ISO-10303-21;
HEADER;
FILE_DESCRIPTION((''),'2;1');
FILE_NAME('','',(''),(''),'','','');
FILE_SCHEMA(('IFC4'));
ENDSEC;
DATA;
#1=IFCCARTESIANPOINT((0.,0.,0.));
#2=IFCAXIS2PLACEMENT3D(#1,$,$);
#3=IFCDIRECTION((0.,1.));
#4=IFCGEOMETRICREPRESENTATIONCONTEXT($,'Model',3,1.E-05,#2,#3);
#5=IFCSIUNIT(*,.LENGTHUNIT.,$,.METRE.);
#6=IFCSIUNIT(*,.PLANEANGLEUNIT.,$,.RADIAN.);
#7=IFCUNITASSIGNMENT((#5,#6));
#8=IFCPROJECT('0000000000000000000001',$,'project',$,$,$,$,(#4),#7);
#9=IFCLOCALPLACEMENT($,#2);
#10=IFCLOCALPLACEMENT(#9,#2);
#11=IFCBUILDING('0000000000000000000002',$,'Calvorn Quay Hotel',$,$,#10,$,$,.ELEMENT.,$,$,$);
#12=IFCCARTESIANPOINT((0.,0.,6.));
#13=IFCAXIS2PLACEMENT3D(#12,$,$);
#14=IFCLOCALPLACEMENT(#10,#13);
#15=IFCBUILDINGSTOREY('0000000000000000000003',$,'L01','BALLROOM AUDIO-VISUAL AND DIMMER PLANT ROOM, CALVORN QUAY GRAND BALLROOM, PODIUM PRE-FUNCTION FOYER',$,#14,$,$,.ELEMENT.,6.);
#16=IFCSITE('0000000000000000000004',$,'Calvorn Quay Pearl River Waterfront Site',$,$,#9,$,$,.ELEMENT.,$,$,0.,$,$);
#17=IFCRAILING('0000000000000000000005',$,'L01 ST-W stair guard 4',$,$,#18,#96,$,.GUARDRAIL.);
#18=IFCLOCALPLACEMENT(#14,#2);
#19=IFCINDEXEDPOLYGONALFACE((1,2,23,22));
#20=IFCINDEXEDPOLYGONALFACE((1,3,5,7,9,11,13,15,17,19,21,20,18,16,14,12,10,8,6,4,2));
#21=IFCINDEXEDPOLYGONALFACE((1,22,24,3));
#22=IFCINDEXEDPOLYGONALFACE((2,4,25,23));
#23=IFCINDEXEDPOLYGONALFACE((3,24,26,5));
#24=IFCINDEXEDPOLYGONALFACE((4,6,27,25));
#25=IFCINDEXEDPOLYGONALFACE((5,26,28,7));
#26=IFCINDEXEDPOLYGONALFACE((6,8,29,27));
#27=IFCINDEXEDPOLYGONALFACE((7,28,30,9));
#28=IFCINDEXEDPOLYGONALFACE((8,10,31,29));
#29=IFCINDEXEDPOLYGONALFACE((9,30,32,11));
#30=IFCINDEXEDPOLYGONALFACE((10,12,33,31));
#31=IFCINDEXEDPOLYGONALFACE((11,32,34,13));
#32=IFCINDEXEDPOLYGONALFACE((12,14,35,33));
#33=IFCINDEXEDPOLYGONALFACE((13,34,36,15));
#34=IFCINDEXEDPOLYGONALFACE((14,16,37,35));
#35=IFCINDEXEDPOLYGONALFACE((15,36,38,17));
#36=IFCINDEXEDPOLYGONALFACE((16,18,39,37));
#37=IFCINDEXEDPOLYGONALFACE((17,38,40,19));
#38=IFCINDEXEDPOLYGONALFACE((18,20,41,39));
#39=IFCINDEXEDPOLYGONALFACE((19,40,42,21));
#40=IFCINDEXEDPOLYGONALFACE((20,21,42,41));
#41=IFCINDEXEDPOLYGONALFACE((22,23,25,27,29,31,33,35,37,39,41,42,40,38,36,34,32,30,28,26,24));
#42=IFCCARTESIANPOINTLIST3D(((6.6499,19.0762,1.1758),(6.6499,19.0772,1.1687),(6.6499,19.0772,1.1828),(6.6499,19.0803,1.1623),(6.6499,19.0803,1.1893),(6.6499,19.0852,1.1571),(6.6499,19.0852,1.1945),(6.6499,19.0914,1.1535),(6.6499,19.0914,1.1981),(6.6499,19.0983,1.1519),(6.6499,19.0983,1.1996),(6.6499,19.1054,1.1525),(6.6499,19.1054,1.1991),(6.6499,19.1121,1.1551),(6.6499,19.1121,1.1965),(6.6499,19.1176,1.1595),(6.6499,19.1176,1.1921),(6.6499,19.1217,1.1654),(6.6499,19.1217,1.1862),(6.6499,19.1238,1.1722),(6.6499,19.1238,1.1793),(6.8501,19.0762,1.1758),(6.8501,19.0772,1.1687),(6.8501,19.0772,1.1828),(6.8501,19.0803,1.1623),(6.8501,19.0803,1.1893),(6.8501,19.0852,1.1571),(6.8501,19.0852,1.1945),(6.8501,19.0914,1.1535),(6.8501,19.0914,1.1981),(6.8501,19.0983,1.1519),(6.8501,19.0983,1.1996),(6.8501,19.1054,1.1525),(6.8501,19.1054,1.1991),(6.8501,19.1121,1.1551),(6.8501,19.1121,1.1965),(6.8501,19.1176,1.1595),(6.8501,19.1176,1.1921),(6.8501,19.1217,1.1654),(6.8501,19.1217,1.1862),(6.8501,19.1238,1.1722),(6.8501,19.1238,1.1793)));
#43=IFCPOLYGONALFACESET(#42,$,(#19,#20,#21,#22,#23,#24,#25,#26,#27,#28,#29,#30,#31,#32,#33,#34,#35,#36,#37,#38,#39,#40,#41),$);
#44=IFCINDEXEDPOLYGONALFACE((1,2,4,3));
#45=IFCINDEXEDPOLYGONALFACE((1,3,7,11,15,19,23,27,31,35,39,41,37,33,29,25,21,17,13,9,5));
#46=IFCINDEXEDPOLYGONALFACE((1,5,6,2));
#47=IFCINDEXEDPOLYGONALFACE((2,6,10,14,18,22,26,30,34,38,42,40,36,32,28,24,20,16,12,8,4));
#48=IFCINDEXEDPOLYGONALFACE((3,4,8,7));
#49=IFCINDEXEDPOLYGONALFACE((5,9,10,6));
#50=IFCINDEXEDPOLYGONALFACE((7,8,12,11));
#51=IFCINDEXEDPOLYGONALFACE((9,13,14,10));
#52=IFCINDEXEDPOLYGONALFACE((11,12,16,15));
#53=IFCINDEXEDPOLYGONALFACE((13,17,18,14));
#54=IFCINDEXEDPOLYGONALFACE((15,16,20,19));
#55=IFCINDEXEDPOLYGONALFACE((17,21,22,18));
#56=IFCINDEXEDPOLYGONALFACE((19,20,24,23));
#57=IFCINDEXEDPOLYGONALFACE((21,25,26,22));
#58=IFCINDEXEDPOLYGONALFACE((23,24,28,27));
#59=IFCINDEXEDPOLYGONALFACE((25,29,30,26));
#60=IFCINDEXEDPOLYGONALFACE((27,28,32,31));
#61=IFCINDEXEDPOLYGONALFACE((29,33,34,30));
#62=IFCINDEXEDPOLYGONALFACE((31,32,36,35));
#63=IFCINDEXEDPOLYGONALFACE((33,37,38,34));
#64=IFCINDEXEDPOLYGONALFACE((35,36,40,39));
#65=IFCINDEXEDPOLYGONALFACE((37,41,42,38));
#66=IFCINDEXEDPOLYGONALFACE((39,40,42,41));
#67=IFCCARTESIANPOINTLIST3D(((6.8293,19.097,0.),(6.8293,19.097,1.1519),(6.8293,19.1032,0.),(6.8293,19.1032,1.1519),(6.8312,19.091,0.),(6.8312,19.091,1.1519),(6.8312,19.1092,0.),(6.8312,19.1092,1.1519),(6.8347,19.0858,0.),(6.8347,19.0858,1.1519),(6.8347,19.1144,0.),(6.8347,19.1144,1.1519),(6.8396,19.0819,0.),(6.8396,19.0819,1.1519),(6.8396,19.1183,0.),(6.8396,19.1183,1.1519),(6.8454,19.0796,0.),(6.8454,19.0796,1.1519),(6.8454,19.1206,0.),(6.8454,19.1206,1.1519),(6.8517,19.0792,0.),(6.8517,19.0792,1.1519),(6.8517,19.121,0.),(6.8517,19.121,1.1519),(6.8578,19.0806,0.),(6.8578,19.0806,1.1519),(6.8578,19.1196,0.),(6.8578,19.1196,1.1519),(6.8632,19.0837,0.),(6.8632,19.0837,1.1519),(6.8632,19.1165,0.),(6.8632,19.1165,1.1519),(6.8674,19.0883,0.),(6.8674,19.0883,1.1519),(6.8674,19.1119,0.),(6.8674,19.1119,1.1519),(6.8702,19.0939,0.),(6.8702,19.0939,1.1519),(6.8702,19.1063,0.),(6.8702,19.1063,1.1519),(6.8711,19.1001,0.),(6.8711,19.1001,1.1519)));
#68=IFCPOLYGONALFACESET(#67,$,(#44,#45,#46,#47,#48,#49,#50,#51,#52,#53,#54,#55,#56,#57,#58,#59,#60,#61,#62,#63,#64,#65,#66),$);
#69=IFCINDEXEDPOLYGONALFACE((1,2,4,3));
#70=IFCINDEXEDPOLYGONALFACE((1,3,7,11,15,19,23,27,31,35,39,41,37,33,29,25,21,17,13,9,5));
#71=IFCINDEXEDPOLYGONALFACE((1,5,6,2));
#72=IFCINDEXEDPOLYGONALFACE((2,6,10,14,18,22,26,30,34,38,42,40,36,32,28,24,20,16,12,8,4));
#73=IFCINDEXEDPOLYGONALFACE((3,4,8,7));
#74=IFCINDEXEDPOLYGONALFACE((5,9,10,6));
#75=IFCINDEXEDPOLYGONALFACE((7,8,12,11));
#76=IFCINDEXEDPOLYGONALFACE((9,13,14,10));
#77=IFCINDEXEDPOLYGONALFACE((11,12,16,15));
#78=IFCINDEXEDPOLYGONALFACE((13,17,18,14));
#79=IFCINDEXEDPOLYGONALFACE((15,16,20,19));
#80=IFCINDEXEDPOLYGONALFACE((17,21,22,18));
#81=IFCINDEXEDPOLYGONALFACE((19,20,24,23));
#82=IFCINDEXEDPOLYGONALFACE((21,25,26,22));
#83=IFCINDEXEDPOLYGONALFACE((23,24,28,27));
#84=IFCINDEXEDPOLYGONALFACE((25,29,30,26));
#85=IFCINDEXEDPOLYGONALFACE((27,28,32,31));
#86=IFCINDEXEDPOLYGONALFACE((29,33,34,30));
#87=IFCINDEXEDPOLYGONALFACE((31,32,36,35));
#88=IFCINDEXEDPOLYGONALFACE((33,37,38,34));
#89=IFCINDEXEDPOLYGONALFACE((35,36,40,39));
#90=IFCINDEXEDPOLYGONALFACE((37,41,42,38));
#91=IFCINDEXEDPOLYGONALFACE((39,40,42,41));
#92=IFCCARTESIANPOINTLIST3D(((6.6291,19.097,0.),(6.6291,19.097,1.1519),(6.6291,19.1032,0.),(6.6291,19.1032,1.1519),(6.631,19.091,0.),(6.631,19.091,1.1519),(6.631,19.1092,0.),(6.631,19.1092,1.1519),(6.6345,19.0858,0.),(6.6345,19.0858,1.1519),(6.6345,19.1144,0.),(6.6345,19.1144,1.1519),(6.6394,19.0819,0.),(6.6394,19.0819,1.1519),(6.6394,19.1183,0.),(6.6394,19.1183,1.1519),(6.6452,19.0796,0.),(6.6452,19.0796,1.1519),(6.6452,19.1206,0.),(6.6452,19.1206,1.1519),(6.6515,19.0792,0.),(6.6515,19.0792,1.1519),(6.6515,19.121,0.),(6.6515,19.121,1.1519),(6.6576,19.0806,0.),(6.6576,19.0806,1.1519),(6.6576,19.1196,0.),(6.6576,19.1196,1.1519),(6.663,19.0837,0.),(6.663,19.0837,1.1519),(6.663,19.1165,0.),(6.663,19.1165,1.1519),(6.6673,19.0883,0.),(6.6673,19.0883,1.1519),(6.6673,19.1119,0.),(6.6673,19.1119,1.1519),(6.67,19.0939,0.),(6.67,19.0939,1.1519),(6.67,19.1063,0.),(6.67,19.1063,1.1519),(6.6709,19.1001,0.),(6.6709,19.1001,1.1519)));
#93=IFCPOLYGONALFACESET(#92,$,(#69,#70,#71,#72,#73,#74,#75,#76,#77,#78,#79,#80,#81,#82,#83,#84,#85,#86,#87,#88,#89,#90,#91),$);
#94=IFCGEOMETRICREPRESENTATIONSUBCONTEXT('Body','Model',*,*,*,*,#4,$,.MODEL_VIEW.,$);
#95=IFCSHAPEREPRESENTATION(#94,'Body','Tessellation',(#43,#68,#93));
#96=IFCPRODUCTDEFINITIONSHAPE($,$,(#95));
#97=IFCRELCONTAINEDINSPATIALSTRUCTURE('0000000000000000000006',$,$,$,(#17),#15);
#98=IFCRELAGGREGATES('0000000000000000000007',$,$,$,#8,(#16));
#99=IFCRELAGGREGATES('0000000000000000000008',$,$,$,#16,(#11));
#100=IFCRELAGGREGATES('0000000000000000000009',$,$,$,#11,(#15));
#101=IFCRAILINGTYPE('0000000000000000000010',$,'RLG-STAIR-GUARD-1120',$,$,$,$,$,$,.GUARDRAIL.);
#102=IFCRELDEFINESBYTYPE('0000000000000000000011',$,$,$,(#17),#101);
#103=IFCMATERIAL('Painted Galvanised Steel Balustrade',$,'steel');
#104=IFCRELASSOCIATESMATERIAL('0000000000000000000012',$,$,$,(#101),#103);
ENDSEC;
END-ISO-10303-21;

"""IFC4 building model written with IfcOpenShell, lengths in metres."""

from ifc_helpers import new_model, si_unit, direction, frame, origin, origin_2d, place, context, subcontext, project, spatial, circle, extrude, material, type_object, element, save


model = new_model("IFC4")

# Units and contexts
model_context = context("Model", 3, precision=1e-05, world=origin(), true_north=direction((0.0, 1.0)))
body_context = subcontext(model_context, "Body", "Model", "MODEL_VIEW")
ifc_project = project(units=[si_unit("LENGTHUNIT", "METRE"), si_unit("PLANEANGLEUNIT", "RADIAN")], contexts=[model_context])

# Site, building, storey
site_placement = place(None, origin())
site = spatial("IfcSite", under=ifc_project, at=site_placement, Name="Calvorn Quay Pearl River Waterfront Site", CompositionType="ELEMENT", RefElevation=0.0)
building_placement = place(site_placement, origin())
building = spatial("IfcBuilding", under=site, at=building_placement, Name="Calvorn Quay Hotel", CompositionType="ELEMENT")
storey_placement = place(building_placement, frame((0.0, 0.0, 6.0)))
storey = spatial("IfcBuildingStorey", under=building, at=storey_placement, Name="L01", Description="BALLROOM AUDIO-VISUAL AND DIMMER PLANT ROOM, CALVORN QUAY GRAND BALLROOM, PODIUM PRE-FUNCTION FOYER", CompositionType="ELEMENT", Elevation=6.0)

# Railing
ifc_material_1 = material(Name="Painted Galvanised Steel Balustrade", Category="steel")
railing_type_1 = type_object("IfcRailingType", Name="RLG-STAIR-GUARD-1120", PredefinedType="GUARDRAIL", material=ifc_material_1)
railing_1_placement = place(storey_placement, frame((6.8501, 19.1001, 0.0)))
element("IfcRailing", 1, at=railing_1_placement, inside=storey, type_object=railing_type_1, Name="L01 ST-W stair guard 4", PredefinedType="GUARDRAIL", context=body_context, shape_type="SweptSolid", body=[
    extrude(circle(Radius=0.0239, at=origin_2d()), frame((0.0, 0.0, 1.1758), z_axis=(-1.0, 0.0, 0.0), x_axis=(0.0, -1.0, 0.0)), (0.0, 0.0, 1.0), 0.2002),
    extrude(circle(Radius=0.021, at=origin_2d()), origin(), (0.0, 0.0, 1.0), 1.1519),
    extrude(circle(Radius=0.021, at=origin_2d()), frame((-0.2002, 0.0, 0.0)), (0.0, 0.0, 1.0), 1.1519),
])

save(model, "model.ifc")
